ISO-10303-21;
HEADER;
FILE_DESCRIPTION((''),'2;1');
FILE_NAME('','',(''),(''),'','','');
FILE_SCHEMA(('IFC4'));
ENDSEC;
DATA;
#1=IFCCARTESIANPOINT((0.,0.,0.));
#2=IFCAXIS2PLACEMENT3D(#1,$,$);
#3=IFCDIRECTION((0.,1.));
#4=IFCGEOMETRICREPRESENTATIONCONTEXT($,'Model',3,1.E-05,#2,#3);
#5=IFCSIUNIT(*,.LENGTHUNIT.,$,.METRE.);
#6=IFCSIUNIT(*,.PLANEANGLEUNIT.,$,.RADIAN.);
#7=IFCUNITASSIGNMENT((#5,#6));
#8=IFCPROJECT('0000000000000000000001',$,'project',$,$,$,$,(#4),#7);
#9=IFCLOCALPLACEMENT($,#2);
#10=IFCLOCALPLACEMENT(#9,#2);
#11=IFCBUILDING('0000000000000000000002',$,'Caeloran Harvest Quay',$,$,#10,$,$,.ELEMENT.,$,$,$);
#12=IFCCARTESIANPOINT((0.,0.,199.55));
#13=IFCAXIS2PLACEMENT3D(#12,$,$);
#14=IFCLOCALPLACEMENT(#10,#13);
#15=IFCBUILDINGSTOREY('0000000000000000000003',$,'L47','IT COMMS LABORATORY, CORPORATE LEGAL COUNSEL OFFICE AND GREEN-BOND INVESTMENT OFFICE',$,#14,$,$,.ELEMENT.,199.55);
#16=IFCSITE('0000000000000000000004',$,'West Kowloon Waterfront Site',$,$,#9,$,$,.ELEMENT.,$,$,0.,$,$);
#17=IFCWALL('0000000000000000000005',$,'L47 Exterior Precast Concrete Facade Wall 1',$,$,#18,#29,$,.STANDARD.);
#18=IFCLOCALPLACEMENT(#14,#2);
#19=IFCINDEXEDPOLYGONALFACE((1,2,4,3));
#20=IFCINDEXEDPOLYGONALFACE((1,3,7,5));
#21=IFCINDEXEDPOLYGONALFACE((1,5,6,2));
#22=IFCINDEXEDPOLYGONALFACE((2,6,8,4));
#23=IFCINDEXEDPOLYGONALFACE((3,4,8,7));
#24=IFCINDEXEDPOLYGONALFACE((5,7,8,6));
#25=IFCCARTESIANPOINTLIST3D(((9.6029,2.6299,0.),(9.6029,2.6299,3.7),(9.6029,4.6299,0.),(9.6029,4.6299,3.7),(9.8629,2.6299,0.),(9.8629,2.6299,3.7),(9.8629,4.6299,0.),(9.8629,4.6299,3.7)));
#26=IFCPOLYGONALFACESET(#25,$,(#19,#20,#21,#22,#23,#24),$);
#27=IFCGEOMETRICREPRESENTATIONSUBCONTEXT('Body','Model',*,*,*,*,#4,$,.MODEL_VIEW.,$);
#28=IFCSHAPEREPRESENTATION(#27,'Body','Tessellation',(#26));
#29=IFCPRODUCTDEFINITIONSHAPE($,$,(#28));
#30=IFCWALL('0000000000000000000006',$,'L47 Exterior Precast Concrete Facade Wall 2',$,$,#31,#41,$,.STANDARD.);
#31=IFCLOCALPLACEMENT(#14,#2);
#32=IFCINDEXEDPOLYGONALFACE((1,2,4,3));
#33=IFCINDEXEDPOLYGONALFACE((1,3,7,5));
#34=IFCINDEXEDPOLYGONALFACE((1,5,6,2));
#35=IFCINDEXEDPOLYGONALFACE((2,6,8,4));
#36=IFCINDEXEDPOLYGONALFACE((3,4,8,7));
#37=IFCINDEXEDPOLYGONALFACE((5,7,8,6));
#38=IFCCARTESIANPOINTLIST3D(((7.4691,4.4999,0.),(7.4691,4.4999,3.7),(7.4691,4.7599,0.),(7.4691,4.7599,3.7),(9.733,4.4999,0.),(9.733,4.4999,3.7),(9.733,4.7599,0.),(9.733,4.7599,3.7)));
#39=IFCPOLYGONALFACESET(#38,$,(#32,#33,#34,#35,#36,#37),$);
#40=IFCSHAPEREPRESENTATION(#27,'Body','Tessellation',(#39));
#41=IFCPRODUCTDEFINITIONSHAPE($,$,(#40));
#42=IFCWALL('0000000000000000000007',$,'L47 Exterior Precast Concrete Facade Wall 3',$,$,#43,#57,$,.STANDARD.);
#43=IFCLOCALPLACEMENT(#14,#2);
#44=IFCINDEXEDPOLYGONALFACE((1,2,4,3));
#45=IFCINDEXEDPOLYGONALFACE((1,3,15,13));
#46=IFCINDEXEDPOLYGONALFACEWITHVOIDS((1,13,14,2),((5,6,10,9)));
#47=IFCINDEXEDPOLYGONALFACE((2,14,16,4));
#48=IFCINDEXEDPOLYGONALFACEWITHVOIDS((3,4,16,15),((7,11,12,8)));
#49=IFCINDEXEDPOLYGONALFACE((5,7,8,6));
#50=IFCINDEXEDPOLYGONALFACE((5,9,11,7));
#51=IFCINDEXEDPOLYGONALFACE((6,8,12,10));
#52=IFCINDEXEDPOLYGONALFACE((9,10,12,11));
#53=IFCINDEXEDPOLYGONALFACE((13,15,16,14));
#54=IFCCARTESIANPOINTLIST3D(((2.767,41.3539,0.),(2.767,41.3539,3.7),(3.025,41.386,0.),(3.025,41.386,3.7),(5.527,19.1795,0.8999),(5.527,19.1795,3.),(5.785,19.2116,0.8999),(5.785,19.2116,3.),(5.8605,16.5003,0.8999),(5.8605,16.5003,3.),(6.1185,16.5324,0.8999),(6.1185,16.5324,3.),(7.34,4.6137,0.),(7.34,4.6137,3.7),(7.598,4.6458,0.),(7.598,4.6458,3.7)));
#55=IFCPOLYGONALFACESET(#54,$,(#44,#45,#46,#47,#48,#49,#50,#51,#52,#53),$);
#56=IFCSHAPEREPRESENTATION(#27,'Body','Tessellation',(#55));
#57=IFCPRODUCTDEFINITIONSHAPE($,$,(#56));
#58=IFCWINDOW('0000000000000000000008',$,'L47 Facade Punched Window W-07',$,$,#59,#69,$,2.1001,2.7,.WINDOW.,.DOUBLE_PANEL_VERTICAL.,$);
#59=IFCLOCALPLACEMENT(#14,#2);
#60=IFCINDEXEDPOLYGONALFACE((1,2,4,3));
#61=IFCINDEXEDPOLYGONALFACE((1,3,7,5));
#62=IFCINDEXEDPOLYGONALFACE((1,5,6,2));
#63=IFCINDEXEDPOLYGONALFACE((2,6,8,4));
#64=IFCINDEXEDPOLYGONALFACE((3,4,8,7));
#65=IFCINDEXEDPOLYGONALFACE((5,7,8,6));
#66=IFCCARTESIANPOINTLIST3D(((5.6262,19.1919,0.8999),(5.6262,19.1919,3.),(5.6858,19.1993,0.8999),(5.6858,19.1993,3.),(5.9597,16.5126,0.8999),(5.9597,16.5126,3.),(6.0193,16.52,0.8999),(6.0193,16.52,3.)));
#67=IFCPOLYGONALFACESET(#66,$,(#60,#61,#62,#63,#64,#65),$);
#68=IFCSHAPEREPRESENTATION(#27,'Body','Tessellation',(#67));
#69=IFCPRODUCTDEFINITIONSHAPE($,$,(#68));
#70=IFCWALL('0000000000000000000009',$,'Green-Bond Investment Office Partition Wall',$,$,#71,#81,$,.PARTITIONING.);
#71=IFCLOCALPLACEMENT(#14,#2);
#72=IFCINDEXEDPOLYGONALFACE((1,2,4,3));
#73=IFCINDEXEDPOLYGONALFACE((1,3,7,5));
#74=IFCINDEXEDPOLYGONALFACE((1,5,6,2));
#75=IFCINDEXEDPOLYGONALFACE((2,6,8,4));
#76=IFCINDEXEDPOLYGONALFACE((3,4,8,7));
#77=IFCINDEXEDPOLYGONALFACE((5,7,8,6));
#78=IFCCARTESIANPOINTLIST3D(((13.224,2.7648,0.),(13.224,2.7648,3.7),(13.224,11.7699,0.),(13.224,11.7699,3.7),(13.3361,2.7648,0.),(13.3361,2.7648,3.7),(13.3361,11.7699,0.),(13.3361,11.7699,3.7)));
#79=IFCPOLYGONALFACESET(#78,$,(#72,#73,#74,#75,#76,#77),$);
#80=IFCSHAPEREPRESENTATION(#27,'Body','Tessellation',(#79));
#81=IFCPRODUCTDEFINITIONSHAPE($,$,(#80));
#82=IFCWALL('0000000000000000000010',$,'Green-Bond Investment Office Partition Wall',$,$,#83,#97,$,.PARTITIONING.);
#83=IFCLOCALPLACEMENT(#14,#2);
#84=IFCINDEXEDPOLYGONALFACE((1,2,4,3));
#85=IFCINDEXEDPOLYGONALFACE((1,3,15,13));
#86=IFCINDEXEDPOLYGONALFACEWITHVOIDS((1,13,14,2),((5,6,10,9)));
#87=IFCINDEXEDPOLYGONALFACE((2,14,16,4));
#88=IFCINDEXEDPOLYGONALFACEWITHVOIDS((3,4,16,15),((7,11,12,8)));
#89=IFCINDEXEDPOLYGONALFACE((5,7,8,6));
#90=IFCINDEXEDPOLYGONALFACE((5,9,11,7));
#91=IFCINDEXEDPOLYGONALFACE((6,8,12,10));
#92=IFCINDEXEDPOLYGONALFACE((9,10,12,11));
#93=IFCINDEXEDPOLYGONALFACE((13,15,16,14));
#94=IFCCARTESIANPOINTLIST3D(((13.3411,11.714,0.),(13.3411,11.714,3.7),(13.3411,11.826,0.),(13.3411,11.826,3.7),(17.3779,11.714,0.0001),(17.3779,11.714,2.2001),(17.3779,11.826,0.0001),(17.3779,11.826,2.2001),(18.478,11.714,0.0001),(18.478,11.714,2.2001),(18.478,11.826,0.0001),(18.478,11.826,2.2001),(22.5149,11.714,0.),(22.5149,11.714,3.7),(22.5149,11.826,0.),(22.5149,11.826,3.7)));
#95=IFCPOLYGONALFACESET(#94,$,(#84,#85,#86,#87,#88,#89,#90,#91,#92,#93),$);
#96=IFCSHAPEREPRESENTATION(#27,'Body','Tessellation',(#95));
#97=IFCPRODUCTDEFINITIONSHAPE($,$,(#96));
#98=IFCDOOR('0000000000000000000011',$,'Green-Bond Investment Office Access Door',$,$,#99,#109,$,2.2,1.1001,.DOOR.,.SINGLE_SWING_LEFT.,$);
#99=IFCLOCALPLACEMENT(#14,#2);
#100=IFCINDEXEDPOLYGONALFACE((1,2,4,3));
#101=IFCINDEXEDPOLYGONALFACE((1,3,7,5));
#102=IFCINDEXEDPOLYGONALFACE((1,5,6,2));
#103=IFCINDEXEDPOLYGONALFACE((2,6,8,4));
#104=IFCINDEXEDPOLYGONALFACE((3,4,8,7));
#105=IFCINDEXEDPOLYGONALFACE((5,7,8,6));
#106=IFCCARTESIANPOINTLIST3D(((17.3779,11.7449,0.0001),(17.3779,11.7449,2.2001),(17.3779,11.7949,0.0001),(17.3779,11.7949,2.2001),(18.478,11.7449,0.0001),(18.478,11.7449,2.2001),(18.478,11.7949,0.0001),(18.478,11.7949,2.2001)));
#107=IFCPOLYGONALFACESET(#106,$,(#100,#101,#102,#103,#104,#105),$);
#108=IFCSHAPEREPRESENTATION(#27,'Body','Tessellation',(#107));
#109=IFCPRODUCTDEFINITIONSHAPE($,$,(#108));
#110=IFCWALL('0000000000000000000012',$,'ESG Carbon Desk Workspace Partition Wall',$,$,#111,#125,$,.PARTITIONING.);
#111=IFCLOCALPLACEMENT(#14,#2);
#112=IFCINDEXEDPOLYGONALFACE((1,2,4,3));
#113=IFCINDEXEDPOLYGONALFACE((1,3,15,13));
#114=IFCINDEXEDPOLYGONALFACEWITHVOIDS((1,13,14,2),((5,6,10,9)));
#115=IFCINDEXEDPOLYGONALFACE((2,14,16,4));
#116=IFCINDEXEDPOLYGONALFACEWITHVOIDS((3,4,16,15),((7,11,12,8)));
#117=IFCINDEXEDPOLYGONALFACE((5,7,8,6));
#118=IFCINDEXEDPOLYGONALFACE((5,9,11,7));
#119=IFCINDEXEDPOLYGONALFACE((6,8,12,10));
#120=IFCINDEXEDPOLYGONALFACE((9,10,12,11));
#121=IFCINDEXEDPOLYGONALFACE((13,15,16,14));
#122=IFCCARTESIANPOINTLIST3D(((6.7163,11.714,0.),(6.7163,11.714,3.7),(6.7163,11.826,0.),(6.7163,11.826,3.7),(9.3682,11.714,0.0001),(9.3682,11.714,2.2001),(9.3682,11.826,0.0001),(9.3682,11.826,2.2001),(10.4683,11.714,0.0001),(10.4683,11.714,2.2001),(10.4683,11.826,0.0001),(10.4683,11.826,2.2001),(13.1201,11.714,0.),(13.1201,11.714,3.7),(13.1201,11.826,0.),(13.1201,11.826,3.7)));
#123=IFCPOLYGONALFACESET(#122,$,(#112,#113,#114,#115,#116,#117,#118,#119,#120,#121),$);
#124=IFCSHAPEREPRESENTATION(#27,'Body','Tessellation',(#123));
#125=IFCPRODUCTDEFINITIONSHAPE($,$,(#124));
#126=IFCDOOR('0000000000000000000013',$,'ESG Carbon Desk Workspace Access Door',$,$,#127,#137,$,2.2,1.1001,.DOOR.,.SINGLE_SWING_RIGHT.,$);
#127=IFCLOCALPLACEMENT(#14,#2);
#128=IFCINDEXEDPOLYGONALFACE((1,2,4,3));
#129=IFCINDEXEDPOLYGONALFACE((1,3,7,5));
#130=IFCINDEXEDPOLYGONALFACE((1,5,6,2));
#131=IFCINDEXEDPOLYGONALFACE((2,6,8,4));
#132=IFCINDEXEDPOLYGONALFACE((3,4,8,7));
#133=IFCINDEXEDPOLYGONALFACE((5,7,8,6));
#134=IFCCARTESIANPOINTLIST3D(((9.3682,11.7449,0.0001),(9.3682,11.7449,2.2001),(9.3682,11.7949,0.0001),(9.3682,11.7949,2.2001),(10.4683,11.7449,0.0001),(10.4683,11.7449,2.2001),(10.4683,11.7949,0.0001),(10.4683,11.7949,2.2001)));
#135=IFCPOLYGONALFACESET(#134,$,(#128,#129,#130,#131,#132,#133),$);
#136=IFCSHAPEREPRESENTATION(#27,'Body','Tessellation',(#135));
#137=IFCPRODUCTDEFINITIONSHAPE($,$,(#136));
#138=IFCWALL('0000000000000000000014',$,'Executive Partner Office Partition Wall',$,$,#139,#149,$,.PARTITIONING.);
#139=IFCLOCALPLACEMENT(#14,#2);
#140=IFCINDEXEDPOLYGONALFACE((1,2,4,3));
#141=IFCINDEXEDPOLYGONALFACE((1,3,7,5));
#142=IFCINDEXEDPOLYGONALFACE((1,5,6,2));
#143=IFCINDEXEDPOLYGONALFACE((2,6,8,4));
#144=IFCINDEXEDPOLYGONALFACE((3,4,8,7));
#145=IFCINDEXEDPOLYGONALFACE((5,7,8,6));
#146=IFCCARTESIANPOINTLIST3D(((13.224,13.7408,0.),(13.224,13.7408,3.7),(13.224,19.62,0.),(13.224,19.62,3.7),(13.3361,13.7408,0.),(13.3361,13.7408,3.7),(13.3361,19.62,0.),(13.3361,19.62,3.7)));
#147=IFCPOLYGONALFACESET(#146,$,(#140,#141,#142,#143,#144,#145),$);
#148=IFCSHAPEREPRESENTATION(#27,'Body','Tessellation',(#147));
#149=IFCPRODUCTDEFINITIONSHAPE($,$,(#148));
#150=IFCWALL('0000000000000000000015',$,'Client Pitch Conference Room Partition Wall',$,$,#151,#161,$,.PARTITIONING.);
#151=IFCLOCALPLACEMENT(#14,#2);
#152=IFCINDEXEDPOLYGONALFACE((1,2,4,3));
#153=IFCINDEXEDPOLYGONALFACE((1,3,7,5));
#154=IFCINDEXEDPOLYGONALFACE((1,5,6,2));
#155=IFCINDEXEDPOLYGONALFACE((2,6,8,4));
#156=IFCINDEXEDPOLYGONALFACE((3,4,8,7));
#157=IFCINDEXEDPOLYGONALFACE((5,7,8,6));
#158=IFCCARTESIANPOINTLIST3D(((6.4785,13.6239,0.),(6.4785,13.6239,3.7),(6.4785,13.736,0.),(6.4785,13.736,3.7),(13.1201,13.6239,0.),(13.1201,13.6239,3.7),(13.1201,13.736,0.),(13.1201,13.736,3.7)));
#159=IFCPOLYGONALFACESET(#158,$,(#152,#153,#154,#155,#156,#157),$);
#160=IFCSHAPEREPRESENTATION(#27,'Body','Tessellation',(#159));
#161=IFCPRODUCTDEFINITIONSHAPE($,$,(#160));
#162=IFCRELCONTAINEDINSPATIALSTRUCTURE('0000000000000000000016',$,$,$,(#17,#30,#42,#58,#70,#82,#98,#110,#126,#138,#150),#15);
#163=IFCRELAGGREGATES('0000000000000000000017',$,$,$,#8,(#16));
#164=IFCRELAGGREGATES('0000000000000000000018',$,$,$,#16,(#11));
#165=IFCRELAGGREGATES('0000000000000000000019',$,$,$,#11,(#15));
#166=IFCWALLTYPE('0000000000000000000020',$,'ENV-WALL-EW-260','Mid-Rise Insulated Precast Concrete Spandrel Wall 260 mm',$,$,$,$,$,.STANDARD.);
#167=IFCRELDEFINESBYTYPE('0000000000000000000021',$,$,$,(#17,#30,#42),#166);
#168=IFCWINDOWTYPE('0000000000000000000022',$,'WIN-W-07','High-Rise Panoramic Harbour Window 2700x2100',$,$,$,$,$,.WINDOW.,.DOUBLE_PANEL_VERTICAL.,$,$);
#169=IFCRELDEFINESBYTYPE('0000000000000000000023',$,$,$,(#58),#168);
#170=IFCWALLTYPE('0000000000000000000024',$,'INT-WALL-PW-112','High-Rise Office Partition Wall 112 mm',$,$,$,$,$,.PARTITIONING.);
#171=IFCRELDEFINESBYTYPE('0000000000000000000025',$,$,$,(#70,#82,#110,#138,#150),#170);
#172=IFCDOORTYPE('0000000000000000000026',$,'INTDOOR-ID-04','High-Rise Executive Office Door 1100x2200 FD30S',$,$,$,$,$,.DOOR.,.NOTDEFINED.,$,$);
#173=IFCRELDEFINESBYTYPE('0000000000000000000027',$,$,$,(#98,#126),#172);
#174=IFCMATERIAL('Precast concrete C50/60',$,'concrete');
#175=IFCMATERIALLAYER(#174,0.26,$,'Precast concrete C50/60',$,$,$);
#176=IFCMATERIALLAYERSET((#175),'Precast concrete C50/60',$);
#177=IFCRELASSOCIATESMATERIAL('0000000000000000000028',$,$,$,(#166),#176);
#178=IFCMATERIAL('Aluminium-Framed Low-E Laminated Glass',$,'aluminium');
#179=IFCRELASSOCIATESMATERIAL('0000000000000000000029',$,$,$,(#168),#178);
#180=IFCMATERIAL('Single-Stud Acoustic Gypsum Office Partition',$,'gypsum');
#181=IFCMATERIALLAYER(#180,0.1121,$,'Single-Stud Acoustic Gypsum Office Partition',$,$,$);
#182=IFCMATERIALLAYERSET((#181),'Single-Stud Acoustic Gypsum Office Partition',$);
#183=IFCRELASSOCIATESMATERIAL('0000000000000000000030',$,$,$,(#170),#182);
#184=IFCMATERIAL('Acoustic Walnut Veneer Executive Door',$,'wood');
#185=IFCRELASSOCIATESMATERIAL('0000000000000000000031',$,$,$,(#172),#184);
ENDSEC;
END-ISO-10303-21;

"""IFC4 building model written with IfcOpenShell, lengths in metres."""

from ifc_helpers import new_model, si_unit, direction, frame, frame_2d, origin, place, context, subcontext, project, spatial, rectangle, extrude, material, layer, layer_set, type_object, element, fill, save


model = new_model("IFC4")

# Units and contexts
model_context = context("Model", 3, precision=1e-05, world=origin(), true_north=direction((0.0, 1.0)))
body_context = subcontext(model_context, "Body", "Model", "MODEL_VIEW")
ifc_project = project(units=[si_unit("LENGTHUNIT", "METRE"), si_unit("PLANEANGLEUNIT", "RADIAN")], contexts=[model_context])

# Site, building, storey
site_placement = place(None, origin())
site = spatial("IfcSite", under=ifc_project, at=site_placement, Name="West Kowloon Waterfront Site", CompositionType="ELEMENT", RefElevation=0.0)
building_placement = place(site_placement, origin())
building = spatial("IfcBuilding", under=site, at=building_placement, Name="Caeloran Harvest Quay", CompositionType="ELEMENT")
storey_placement = place(building_placement, frame((0.0, 0.0, 199.55)))
storey = spatial("IfcBuildingStorey", under=building, at=storey_placement, Name="L47", Description="IT COMMS LABORATORY, CORPORATE LEGAL COUNSEL OFFICE AND GREEN-BOND INVESTMENT OFFICE", CompositionType="ELEMENT", Elevation=199.55)

# Shared definitions
ifc_material_1 = material(Name="Precast concrete C50/60", Category="concrete")

# Walls
ifc_layer_1 = layer(ifc_material_1, 0.26, Name="Precast concrete C50/60")
ifc_layer_set_1 = layer_set([ifc_layer_1], Name="Precast concrete C50/60")
wall_type_1 = type_object("IfcWallType", Name="ENV-WALL-EW-260", Description="Mid-Rise Insulated Precast Concrete Spandrel Wall 260 mm", PredefinedType="STANDARD", material=ifc_layer_set_1)
wall_1_placement = place(storey_placement, frame((9.7329, 2.6299, 0.0), z_axis=(0.0, 0.0, 1.0), x_axis=(0.0, 1.0, 0.0)))
element("IfcWall", 1, at=wall_1_placement, inside=storey, type_object=wall_type_1, Name="L47 Exterior Precast Concrete Facade Wall 1", PredefinedType="STANDARD", context=body_context, shape_type="SweptSolid", body=[
    extrude(rectangle(XDim=2.0, YDim=0.26, at=frame_2d((1.0, 0.0))), origin(), (0.0, 0.0, 1.0), 3.7),
])
wall_2_placement = place(storey_placement, frame((9.7329, 4.6299, 0.0), z_axis=(0.0, 0.0, 1.0), x_axis=(-1.0, 0.0, 0.0)))
element("IfcWall", 2, at=wall_2_placement, inside=storey, type_object=wall_type_1, Name="L47 Exterior Precast Concrete Facade Wall 2", PredefinedType="STANDARD", context=body_context, shape_type="SweptSolid", body=[
    extrude(rectangle(XDim=2.2639, YDim=0.26, at=frame_2d((1.1318, 0.0))), origin(), (0.0, 0.0, 1.0), 3.7),
])

# Wall, opening, window
wall_3_placement = place(storey_placement, frame((7.469, 4.6299, 0.0), z_axis=(0.0, 0.0, 1.0), x_axis=(-0.123515, 0.992343, 0.0)))
wall_3 = element("IfcWall", 3, at=wall_3_placement, inside=storey, type_object=wall_type_1, Name="L47 Exterior Precast Concrete Facade Wall 3", PredefinedType="STANDARD", context=body_context, shape_type="SweptSolid", body=[
    extrude(rectangle(XDim=37.0237, YDim=0.26, at=frame_2d((18.5117, 0.0))), origin(), (0.0, 0.0, 1.0), 3.7),
])
opening_1_placement = place(wall_3_placement, frame((11.978, 0.0, 0.8999)))
opening_1 = element("IfcOpeningElement", 4, at=opening_1_placement, cuts=wall_3, PredefinedType="OPENING", context=body_context, shape_type="SweptSolid", body=[
    extrude(rectangle(XDim=2.7, YDim=2.1001, at=frame_2d((1.3501, 1.05))), frame((0.0, 0.1401, 0.0), z_axis=(0.0, -1.0, 0.0), x_axis=(1.0, 0.0, 0.0)), (0.0, 0.0, 1.0), 0.28),
])
ifc_material_2 = material(Name="Aluminium-Framed Low-E Laminated Glass", Category="aluminium")
window_type = type_object("IfcWindowType", Name="WIN-W-07", Description="High-Rise Panoramic Harbour Window 2700x2100", PartitioningType="DOUBLE_PANEL_VERTICAL", PredefinedType="WINDOW", material=ifc_material_2)
window_placement = place(opening_1_placement, origin())
window = element("IfcWindow", 5, at=window_placement, inside=storey, type_object=window_type, Name="L47 Facade Punched Window W-07", OverallHeight=2.1001, OverallWidth=2.7, PartitioningType="DOUBLE_PANEL_VERTICAL", PredefinedType="WINDOW", context=body_context, shape_type="SweptSolid", body=[
    extrude(rectangle(XDim=2.7, YDim=2.1001, at=frame_2d((1.3501, 1.05))), frame((0.0, 0.03, 0.0), z_axis=(0.0, -1.0, 0.0), x_axis=(1.0, 0.0, 0.0)), (0.0, 0.0, 1.0), 0.0601),
])
fill(opening_1, window)

# Wall
ifc_material_3 = material(Name="Single-Stud Acoustic Gypsum Office Partition", Category="gypsum")
ifc_layer_2 = layer(ifc_material_3, 0.1121, Name="Single-Stud Acoustic Gypsum Office Partition")
ifc_layer_set_2 = layer_set([ifc_layer_2], Name="Single-Stud Acoustic Gypsum Office Partition")
wall_type_2 = type_object("IfcWallType", Name="INT-WALL-PW-112", Description="High-Rise Office Partition Wall 112 mm", PredefinedType="PARTITIONING", material=ifc_layer_set_2)
wall_4_placement = place(storey_placement, frame((13.28, 2.7649, 0.0), z_axis=(0.0, 0.0, 1.0), x_axis=(0.0, 1.0, 0.0)))
element("IfcWall", 6, at=wall_4_placement, inside=storey, type_object=wall_type_2, Name="Green-Bond Investment Office Partition Wall", PredefinedType="PARTITIONING", context=body_context, shape_type="SweptSolid", body=[
    extrude(rectangle(XDim=9.0051, YDim=0.1121, at=frame_2d((4.5024, 0.0))), origin(), (0.0, 0.0, 1.0), 3.7),
])

# Walls, openings, doors
wall_5_placement = place(storey_placement, frame((13.3411, 11.77, 0.0), z_axis=(0.0, 0.0, 1.0), x_axis=(1.0, 0.0, 0.0)))
wall_5 = element("IfcWall", 7, at=wall_5_placement, inside=storey, type_object=wall_type_2, Name="Green-Bond Investment Office Partition Wall", PredefinedType="PARTITIONING", context=body_context, shape_type="SweptSolid", body=[
    extrude(rectangle(XDim=9.1738, YDim=0.1121, at=frame_2d((4.5869, 0.0))), origin(), (0.0, 0.0, 1.0), 3.7),
])
opening_2_placement = place(wall_5_placement, frame((4.0369, 0.0, 0.0)))
opening_2 = element("IfcOpeningElement", 8, at=opening_2_placement, cuts=wall_5, PredefinedType="OPENING", context=body_context, shape_type="SweptSolid", body=[
    extrude(rectangle(XDim=1.1001, YDim=2.2, at=frame_2d((0.55, 1.1001))), frame((0.0, 0.0659, 0.0), z_axis=(0.0, -1.0, 0.0), x_axis=(1.0, 0.0, 0.0)), (0.0, 0.0, 1.0), 0.1321),
])
ifc_material_4 = material(Name="Acoustic Walnut Veneer Executive Door", Category="wood")
door_type = type_object("IfcDoorType", Name="INTDOOR-ID-04", Description="High-Rise Executive Office Door 1100x2200 FD30S", OperationType="NOTDEFINED", PredefinedType="DOOR", material=ifc_material_4)
door_1_placement = place(opening_2_placement, origin())
door_1 = element("IfcDoor", 9, at=door_1_placement, inside=storey, type_object=door_type, Name="Green-Bond Investment Office Access Door", OperationType="SINGLE_SWING_LEFT", OverallHeight=2.2, OverallWidth=1.1001, PredefinedType="DOOR", context=body_context, shape_type="SweptSolid", body=[
    extrude(rectangle(XDim=1.1001, YDim=2.2, at=frame_2d((0.55, 1.1001))), frame((0.0, 0.0249, 0.0), z_axis=(0.0, -1.0, 0.0), x_axis=(1.0, 0.0, 0.0)), (0.0, 0.0, 1.0), 0.05),
])
fill(opening_2, door_1)
wall_6_placement = place(storey_placement, frame((6.7163, 11.77, 0.0), z_axis=(0.0, 0.0, 1.0), x_axis=(1.0, 0.0, 0.0)))
wall_6 = element("IfcWall", 10, at=wall_6_placement, inside=storey, type_object=wall_type_2, Name="ESG Carbon Desk Workspace Partition Wall", PredefinedType="PARTITIONING", context=body_context, shape_type="SweptSolid", body=[
    extrude(rectangle(XDim=6.4038, YDim=0.1121, at=frame_2d((3.2019, 0.0))), origin(), (0.0, 0.0, 1.0), 3.7),
])
opening_3_placement = place(wall_6_placement, frame((2.6519, 0.0, 0.0)))
opening_3 = element("IfcOpeningElement", 11, at=opening_3_placement, cuts=wall_6, PredefinedType="OPENING", context=body_context, shape_type="SweptSolid", body=[
    extrude(rectangle(XDim=1.1001, YDim=2.2, at=frame_2d((0.55, 1.1001))), frame((0.0, 0.0659, 0.0), z_axis=(0.0, -1.0, 0.0), x_axis=(1.0, 0.0, 0.0)), (0.0, 0.0, 1.0), 0.1321),
])
door_2_placement = place(opening_3_placement, origin())
door_2 = element("IfcDoor", 12, at=door_2_placement, inside=storey, type_object=door_type, Name="ESG Carbon Desk Workspace Access Door", OperationType="SINGLE_SWING_RIGHT", OverallHeight=2.2, OverallWidth=1.1001, PredefinedType="DOOR", context=body_context, shape_type="SweptSolid", body=[
    extrude(rectangle(XDim=1.1001, YDim=2.2, at=frame_2d((0.55, 1.1001))), frame((0.0, 0.0249, 0.0), z_axis=(0.0, -1.0, 0.0), x_axis=(1.0, 0.0, 0.0)), (0.0, 0.0, 1.0), 0.05),
])
fill(opening_3, door_2)

# Walls
wall_7_placement = place(storey_placement, frame((13.28, 13.741, 0.0), z_axis=(0.0, 0.0, 1.0), x_axis=(0.0, 1.0, 0.0)))
element("IfcWall", 13, at=wall_7_placement, inside=storey, type_object=wall_type_2, Name="Executive Partner Office Partition Wall", PredefinedType="PARTITIONING", context=body_context, shape_type="SweptSolid", body=[
    extrude(rectangle(XDim=5.8792, YDim=0.1121, at=frame_2d((2.9395, 0.0))), origin(), (0.0, 0.0, 1.0), 3.7),
])
wall_8_placement = place(storey_placement, frame((13.1201, 13.6799, 0.0), z_axis=(0.0, 0.0, 1.0), x_axis=(-1.0, 0.0, 0.0)))
element("IfcWall", 14, at=wall_8_placement, inside=storey, type_object=wall_type_2, Name="Client Pitch Conference Room Partition Wall", PredefinedType="PARTITIONING", context=body_context, shape_type="SweptSolid", body=[
    extrude(rectangle(XDim=6.6416, YDim=0.1121, at=frame_2d((3.3208, 0.0))), origin(), (0.0, 0.0, 1.0), 3.7),
])

save(model, "model.ifc")
